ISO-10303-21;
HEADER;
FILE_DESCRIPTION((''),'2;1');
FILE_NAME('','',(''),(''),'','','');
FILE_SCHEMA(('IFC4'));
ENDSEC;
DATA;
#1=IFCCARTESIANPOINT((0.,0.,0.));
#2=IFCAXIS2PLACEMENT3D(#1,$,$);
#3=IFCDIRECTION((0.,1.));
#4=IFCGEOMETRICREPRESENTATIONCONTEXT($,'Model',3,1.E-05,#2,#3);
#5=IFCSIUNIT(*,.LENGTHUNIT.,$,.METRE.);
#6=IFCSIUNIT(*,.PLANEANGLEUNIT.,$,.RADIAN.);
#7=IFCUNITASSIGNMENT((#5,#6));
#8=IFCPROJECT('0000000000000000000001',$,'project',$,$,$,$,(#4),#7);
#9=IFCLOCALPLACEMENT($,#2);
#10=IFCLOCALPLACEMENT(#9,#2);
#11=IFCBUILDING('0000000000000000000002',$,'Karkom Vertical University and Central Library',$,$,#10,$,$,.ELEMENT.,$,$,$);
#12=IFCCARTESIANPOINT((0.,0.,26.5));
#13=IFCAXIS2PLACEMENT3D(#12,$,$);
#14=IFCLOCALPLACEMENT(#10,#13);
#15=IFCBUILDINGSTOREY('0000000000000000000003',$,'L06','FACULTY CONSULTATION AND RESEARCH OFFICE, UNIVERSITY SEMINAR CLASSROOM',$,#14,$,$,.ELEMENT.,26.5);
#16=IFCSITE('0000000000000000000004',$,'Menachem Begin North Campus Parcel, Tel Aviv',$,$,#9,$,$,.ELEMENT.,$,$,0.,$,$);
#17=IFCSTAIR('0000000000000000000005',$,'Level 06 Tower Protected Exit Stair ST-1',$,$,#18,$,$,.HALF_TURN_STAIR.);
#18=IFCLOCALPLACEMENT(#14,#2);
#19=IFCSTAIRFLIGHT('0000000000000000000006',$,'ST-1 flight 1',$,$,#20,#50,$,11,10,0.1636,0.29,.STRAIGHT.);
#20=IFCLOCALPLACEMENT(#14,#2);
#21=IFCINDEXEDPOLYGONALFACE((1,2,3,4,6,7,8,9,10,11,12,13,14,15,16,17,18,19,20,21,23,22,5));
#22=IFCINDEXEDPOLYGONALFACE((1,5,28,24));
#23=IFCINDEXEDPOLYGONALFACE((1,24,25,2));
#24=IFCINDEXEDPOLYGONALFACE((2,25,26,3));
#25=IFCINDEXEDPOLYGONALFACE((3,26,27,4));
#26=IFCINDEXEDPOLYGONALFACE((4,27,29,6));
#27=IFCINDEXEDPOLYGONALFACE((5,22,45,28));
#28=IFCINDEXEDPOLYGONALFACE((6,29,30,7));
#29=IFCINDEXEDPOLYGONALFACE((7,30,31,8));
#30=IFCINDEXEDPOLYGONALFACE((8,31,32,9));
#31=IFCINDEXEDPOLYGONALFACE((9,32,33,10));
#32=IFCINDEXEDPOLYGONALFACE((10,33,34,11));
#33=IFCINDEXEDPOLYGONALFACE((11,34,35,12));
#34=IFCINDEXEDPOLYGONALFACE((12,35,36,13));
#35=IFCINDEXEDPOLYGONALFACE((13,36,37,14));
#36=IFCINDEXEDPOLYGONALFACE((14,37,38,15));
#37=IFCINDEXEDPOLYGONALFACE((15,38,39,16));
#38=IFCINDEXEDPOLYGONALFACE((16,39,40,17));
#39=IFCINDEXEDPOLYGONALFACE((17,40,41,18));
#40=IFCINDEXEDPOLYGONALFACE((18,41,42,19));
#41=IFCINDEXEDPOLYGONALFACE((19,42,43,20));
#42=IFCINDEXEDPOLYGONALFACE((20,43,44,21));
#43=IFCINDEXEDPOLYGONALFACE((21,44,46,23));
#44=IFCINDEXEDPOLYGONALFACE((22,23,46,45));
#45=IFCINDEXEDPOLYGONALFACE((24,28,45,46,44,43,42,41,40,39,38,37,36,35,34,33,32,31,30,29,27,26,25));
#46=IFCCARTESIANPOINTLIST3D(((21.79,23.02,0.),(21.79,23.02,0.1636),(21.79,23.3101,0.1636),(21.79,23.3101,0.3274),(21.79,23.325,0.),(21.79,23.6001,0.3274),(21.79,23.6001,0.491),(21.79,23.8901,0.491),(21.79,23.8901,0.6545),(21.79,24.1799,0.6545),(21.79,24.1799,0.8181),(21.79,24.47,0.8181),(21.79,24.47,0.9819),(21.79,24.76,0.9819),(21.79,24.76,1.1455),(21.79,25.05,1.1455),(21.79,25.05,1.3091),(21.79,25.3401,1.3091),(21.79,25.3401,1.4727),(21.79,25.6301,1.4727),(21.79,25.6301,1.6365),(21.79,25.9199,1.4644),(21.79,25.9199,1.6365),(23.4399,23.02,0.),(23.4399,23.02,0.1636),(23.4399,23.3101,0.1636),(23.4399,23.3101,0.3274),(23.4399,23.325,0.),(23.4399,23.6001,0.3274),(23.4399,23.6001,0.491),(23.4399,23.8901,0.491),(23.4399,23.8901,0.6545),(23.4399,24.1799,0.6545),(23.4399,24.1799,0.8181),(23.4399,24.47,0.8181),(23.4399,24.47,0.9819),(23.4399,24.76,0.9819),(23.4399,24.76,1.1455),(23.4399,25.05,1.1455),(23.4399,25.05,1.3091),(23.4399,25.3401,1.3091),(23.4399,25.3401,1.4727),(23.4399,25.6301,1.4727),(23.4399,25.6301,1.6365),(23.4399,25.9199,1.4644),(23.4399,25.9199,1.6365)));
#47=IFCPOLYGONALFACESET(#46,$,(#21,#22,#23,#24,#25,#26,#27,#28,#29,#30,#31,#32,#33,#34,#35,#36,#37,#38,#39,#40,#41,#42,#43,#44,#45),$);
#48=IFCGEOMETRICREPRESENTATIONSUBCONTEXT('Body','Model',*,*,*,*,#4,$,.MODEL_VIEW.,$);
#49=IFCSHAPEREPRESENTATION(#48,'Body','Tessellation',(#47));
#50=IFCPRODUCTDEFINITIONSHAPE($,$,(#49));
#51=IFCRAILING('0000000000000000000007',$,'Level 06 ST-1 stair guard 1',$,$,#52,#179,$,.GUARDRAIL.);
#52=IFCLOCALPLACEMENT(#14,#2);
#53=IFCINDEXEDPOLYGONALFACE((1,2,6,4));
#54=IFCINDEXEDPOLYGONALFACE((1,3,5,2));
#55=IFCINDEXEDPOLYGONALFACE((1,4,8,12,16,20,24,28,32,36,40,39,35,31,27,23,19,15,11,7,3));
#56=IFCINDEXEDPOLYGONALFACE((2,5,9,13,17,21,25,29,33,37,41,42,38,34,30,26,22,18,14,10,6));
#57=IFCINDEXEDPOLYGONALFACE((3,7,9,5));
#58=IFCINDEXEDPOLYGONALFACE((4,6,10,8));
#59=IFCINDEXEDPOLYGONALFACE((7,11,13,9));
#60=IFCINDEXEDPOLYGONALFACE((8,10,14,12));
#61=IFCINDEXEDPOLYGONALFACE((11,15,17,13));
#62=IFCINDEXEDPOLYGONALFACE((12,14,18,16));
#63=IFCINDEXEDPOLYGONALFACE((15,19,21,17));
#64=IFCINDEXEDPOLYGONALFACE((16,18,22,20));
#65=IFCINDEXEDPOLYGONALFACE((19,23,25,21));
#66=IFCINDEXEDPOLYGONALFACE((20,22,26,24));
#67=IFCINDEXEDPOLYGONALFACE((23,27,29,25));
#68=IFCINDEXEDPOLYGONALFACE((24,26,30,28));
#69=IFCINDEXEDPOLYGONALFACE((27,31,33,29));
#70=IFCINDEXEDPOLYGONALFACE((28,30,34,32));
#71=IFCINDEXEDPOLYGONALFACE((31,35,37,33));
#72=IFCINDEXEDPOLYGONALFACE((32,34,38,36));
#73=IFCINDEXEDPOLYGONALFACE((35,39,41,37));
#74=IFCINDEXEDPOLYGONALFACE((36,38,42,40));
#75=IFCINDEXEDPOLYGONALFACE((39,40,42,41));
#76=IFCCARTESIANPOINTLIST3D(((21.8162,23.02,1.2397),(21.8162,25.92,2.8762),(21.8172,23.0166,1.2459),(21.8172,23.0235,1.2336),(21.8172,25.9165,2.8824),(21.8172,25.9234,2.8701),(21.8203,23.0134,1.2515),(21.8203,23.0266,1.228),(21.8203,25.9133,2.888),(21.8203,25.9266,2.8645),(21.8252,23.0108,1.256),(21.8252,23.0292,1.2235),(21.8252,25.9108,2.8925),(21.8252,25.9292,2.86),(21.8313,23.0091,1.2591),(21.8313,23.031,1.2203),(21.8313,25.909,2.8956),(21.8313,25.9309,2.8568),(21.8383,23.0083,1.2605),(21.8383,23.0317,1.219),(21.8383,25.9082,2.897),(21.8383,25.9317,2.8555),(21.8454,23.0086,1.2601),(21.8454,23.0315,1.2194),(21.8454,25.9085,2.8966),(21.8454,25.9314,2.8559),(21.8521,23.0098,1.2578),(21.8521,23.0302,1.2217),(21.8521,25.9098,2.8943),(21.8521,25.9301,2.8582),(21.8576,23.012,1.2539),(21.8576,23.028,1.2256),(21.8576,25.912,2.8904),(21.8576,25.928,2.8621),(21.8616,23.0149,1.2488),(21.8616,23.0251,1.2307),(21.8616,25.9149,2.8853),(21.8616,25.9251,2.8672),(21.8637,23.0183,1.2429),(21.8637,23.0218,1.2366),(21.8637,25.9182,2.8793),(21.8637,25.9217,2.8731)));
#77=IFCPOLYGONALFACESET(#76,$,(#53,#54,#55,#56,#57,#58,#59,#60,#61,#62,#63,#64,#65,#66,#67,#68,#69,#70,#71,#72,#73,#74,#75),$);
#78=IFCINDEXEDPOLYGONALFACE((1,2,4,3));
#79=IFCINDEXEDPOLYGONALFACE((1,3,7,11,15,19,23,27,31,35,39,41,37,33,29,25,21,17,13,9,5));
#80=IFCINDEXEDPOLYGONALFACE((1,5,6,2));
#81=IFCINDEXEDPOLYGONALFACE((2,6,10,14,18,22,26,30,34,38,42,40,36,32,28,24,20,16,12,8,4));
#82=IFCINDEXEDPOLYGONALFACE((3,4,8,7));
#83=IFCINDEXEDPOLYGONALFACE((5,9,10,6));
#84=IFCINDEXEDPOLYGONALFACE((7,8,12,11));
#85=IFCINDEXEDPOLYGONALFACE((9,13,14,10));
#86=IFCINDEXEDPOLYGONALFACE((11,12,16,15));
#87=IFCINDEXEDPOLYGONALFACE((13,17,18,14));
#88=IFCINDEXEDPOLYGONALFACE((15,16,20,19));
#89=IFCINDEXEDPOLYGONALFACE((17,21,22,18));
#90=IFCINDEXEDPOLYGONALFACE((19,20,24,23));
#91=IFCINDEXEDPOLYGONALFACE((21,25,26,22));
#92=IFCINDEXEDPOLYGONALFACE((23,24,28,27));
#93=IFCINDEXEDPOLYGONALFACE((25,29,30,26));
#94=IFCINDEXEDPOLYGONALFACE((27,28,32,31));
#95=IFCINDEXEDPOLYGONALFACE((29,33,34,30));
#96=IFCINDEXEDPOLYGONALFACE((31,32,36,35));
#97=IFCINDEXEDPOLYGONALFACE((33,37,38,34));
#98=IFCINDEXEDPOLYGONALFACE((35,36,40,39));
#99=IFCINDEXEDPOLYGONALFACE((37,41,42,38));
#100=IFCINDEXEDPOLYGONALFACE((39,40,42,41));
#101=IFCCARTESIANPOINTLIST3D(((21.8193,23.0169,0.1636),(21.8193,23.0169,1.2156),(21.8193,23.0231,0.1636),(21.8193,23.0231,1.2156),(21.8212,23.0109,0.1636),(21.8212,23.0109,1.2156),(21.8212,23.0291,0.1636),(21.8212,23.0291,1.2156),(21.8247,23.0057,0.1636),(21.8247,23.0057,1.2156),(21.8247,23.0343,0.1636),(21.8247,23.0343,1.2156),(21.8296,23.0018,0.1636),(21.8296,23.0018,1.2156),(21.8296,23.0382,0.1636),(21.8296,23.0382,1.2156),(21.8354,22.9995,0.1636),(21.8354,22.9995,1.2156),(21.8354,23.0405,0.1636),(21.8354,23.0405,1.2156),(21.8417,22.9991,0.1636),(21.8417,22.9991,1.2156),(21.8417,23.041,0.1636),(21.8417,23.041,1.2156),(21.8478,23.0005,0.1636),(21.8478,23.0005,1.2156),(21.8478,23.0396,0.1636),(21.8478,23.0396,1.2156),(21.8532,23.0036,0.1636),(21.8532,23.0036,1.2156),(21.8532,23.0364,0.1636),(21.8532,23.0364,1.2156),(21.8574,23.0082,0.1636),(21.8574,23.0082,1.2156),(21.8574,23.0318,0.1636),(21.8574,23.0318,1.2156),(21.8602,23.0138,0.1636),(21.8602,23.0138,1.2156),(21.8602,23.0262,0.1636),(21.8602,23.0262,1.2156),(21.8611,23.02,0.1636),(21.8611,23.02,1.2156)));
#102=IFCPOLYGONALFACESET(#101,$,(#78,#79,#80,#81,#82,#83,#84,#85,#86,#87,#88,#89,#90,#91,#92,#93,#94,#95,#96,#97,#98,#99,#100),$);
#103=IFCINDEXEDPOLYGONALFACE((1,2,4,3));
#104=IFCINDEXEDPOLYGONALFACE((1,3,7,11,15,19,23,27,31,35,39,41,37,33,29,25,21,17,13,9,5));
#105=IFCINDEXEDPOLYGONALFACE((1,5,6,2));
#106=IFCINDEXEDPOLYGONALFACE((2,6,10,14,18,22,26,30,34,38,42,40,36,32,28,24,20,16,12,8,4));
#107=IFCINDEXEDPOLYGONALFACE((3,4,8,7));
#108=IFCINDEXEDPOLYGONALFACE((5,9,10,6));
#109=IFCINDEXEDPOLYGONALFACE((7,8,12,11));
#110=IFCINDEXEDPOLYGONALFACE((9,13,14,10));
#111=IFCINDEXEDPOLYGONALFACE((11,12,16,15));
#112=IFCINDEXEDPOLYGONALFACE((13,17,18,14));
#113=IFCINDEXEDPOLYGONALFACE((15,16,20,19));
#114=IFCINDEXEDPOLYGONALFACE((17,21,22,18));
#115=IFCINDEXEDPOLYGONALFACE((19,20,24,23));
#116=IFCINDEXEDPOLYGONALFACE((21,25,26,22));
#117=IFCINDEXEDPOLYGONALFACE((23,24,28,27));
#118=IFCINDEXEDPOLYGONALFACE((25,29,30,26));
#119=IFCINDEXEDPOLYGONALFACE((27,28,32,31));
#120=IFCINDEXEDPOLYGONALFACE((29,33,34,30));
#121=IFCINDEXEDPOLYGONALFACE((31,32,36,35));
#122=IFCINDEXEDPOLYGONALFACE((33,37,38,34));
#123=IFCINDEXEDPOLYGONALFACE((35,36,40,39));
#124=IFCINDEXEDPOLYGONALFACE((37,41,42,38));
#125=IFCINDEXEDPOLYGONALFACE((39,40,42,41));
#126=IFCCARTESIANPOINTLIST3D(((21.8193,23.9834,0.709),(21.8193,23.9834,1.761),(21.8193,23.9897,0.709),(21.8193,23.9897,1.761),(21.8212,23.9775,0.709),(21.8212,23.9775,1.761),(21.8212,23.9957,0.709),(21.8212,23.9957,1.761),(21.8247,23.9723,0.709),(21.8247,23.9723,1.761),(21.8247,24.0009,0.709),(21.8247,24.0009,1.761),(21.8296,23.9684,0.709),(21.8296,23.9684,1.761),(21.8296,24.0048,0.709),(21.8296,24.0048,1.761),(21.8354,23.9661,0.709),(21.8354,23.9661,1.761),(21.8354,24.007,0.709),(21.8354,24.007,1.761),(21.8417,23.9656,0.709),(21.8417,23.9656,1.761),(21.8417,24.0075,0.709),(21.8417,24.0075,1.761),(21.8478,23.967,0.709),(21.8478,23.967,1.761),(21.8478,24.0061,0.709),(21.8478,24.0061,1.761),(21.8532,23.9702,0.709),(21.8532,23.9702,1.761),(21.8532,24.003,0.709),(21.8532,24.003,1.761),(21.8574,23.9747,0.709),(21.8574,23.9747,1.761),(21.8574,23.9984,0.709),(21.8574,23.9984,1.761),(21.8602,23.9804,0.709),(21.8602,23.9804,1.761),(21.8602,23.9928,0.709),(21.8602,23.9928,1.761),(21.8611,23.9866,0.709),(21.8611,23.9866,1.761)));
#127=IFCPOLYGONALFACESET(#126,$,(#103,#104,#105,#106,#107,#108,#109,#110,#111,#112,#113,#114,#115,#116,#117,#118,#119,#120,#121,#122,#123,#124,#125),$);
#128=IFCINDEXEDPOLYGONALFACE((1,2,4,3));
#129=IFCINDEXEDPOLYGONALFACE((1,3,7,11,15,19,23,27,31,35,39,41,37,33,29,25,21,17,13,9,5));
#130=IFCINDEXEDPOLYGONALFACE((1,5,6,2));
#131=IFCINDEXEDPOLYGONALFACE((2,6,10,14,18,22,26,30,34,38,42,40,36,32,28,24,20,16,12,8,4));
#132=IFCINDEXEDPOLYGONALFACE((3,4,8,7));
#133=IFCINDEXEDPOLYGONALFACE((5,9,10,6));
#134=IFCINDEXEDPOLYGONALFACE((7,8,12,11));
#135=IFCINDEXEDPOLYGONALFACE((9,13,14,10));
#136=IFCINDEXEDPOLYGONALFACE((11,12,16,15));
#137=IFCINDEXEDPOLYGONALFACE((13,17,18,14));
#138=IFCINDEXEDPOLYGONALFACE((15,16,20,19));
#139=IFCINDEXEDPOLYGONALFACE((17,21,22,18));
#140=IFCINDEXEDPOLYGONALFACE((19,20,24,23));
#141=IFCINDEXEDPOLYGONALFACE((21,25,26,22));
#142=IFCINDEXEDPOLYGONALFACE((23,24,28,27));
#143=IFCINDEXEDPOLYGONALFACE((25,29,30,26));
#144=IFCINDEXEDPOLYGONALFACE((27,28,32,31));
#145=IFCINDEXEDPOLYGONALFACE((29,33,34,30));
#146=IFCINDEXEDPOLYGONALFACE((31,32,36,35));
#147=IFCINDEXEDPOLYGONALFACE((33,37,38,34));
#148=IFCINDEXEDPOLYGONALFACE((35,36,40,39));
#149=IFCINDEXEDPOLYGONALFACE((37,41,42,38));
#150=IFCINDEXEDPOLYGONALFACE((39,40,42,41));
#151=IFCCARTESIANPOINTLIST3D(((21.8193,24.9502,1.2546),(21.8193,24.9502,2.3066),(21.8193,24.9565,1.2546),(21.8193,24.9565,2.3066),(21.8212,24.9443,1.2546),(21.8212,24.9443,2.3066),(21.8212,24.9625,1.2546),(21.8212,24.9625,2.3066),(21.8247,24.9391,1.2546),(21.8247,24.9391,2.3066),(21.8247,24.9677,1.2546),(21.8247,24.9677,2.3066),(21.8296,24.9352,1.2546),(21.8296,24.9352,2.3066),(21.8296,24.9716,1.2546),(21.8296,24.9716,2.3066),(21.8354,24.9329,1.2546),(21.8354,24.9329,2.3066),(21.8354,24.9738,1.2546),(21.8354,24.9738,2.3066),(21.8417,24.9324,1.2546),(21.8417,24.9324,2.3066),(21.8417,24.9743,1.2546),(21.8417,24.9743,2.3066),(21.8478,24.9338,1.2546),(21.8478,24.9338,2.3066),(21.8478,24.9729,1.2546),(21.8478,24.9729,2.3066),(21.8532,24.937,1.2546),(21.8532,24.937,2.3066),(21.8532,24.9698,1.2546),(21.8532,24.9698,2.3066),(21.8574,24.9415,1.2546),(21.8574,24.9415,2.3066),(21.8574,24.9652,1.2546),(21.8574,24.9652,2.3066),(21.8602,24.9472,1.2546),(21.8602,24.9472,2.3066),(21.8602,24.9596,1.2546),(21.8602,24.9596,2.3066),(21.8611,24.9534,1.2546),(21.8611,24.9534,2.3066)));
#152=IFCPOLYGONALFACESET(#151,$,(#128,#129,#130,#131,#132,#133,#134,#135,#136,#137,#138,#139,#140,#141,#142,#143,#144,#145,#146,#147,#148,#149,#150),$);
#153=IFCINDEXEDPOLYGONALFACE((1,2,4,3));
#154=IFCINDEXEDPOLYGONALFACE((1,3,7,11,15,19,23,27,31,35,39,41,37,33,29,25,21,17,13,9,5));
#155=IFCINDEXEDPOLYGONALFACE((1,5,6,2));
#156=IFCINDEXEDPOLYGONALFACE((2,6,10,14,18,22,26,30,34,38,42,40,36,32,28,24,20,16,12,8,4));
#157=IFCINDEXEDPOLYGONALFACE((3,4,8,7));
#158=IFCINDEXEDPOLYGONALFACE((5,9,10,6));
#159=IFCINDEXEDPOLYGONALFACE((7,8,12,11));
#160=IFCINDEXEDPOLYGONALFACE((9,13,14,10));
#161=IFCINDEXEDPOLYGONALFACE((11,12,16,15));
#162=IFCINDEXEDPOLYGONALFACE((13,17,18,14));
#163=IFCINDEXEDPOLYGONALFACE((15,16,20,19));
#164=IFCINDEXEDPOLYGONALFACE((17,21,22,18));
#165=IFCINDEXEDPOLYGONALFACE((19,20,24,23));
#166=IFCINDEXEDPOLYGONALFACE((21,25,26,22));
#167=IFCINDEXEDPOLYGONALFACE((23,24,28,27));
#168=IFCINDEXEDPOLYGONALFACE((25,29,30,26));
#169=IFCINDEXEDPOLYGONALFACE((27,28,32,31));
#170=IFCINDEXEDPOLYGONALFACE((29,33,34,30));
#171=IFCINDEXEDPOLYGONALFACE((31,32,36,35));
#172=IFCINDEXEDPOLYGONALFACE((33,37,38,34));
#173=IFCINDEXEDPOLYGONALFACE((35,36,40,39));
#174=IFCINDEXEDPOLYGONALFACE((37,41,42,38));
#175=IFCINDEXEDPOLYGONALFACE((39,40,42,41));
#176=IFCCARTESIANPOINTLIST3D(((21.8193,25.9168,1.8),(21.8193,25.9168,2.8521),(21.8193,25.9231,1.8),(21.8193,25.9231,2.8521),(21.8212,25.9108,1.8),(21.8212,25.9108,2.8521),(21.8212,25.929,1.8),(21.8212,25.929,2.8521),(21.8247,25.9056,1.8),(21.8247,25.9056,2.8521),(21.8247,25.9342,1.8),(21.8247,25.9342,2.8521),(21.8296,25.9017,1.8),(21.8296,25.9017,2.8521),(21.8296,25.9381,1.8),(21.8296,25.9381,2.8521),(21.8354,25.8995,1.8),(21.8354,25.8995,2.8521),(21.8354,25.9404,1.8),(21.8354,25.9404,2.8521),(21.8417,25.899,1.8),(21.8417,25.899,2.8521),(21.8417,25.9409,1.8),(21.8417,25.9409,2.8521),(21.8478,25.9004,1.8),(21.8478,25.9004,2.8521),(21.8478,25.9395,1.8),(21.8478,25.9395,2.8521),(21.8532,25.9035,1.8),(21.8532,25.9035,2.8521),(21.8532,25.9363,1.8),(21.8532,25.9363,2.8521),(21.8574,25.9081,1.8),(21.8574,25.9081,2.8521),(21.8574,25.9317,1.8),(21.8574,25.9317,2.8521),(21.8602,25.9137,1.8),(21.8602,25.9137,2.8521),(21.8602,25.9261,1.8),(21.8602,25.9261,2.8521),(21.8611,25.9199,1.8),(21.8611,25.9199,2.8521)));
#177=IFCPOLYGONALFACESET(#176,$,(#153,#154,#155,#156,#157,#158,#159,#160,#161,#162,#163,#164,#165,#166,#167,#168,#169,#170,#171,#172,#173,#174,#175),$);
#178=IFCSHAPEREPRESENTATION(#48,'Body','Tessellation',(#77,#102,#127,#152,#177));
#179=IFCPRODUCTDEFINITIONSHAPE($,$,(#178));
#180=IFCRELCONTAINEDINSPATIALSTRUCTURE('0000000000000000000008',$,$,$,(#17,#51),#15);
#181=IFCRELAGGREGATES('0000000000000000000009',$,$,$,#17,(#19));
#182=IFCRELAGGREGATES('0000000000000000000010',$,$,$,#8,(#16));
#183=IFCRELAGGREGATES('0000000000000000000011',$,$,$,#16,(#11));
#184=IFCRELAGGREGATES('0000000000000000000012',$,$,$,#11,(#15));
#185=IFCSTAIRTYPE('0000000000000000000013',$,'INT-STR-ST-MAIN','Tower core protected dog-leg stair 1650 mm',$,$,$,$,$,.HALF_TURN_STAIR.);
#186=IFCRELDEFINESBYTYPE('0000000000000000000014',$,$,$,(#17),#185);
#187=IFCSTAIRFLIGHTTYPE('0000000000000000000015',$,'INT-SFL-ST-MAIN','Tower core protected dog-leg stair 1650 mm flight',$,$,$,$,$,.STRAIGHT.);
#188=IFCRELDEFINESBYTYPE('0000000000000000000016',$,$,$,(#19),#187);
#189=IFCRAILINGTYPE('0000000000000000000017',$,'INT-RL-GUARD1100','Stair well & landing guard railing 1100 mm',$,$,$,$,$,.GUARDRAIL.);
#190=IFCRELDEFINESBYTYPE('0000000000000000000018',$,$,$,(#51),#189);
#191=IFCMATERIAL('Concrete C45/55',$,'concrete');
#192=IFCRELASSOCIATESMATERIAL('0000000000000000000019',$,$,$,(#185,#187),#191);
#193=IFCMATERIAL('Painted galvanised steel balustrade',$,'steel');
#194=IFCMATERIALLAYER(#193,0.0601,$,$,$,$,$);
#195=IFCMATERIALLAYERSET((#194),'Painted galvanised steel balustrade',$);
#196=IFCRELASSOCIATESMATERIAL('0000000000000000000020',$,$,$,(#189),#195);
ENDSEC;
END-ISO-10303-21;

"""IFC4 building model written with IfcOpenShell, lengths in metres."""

from ifc_helpers import new_model, si_unit, direction, frame, origin, origin_2d, place, context, subcontext, project, spatial, polyline, circle, outline, extrude, material, layer, layer_set, type_object, element, aggregate, save


model = new_model("IFC4")

# Units and contexts
model_context = context("Model", 3, precision=1e-05, world=origin(), true_north=direction((0.0, 1.0)))
body_context = subcontext(model_context, "Body", "Model", "MODEL_VIEW")
ifc_project = project(units=[si_unit("LENGTHUNIT", "METRE"), si_unit("PLANEANGLEUNIT", "RADIAN")], contexts=[model_context])

# Site, building, storey
site_placement = place(None, origin())
site = spatial("IfcSite", under=ifc_project, at=site_placement, Name="Menachem Begin North Campus Parcel, Tel Aviv", CompositionType="ELEMENT", RefElevation=0.0)
building_placement = place(site_placement, origin())
building = spatial("IfcBuilding", under=site, at=building_placement, Name="Karkom Vertical University and Central Library", CompositionType="ELEMENT")
storey_placement = place(building_placement, frame((0.0, 0.0, 26.5)))
storey = spatial("IfcBuildingStorey", under=building, at=storey_placement, Name="L06", Description="FACULTY CONSULTATION AND RESEARCH OFFICE, UNIVERSITY SEMINAR CLASSROOM", CompositionType="ELEMENT", Elevation=26.5)

# Shared definitions
ifc_material_1 = material(Name="Concrete C45/55", Category="concrete")

# Stair, stair flight
stair_type = type_object("IfcStairType", Name="INT-STR-ST-MAIN", Description="Tower core protected dog-leg stair 1650 mm", PredefinedType="HALF_TURN_STAIR", material=ifc_material_1)
stair_placement = place(storey_placement, origin())
stair = element("IfcStair", 1, at=stair_placement, inside=storey, type_object=stair_type, Name="Level 06 Tower Protected Exit Stair ST-1", PredefinedType="HALF_TURN_STAIR")
stair_flight_type = type_object("IfcStairFlightType", Name="INT-SFL-ST-MAIN", Description="Tower core protected dog-leg stair 1650 mm flight", PredefinedType="STRAIGHT", material=ifc_material_1)
stair_flight_placement = place(storey_placement, frame((22.615, 23.02, 0.0), z_axis=(0.0, 0.0, 1.0), x_axis=(0.0, 1.0, 0.0)))
stair_flight = element("IfcStairFlight", 2, at=stair_flight_placement, type_object=stair_flight_type, Name="ST-1 flight 1", NumberOfRisers=11, NumberOfTreads=10, PredefinedType="STRAIGHT", RiserHeight=0.1636, TreadLength=0.29, context=body_context, shape_type="SweptSolid", body=[
    extrude(outline(polyline([(0.0, 0.0), (0.0, 0.1636), (0.29, 0.1636), (0.29, 0.3274), (0.5801, 0.3274), (0.5801, 0.491), (0.8701, 0.491), (0.8701, 0.6545), (1.1599, 0.6545), (1.1599, 0.8181), (1.45, 0.8181), (1.45, 0.9819), (1.74, 0.9819), (1.74, 1.1455), (2.03, 1.1455), (2.03, 1.3091), (2.3201, 1.3091), (2.3201, 1.4727), (2.6101, 1.4727), (2.6101, 1.6365), (2.8999, 1.6365), (2.8999, 1.8), (2.8999, 1.4644), (0.3049, 0.0), (0.0, 0.0)])), frame((0.0, 0.825, 0.0), z_axis=(0.0, -1.0, 0.0), x_axis=(1.0, 0.0, 0.0)), (0.0, 0.0, 1.0), 1.6499),
])
aggregate(stair, [stair_flight])

# Railing
ifc_material_2 = material(Name="Painted galvanised steel balustrade", Category="steel")
ifc_layer_1 = layer(ifc_material_2, 0.0601)
ifc_layer_set_1 = layer_set([ifc_layer_1], Name="Painted galvanised steel balustrade")
railing_type_1 = type_object("IfcRailingType", Name="INT-RL-GUARD1100", Description="Stair well & landing guard railing 1100 mm", PredefinedType="GUARDRAIL", material=ifc_layer_set_1)
railing_1_placement = place(storey_placement, frame((21.8401, 23.02, 0.1636)))
element("IfcRailing", 3, at=railing_1_placement, inside=storey, type_object=railing_type_1, Name="Level 06 ST-1 stair guard 1", PredefinedType="GUARDRAIL", context=body_context, shape_type="SweptSolid", body=[
    extrude(circle(Radius=0.0239, at=origin_2d()), frame((0.0, 0.0, 1.0762), z_axis=(0.0, 0.870897, 0.491465), x_axis=(-1.0, 0.0, 0.0)), (0.0, 0.0, 1.0), 3.3298),
    extrude(circle(Radius=0.021, at=origin_2d()), origin(), (0.0, 0.0, 1.0), 1.052),
    extrude(circle(Radius=0.021, at=origin_2d()), frame((0.0, 0.9666, 0.5454)), (0.0, 0.0, 1.0), 1.052),
    extrude(circle(Radius=0.021, at=origin_2d()), frame((0.0, 1.9333, 1.0911)), (0.0, 0.0, 1.0), 1.052),
    extrude(circle(Radius=0.021, at=origin_2d()), frame((0.0, 2.8999, 1.6365)), (0.0, 0.0, 1.0), 1.052),
])

save(model, "model.ifc")
